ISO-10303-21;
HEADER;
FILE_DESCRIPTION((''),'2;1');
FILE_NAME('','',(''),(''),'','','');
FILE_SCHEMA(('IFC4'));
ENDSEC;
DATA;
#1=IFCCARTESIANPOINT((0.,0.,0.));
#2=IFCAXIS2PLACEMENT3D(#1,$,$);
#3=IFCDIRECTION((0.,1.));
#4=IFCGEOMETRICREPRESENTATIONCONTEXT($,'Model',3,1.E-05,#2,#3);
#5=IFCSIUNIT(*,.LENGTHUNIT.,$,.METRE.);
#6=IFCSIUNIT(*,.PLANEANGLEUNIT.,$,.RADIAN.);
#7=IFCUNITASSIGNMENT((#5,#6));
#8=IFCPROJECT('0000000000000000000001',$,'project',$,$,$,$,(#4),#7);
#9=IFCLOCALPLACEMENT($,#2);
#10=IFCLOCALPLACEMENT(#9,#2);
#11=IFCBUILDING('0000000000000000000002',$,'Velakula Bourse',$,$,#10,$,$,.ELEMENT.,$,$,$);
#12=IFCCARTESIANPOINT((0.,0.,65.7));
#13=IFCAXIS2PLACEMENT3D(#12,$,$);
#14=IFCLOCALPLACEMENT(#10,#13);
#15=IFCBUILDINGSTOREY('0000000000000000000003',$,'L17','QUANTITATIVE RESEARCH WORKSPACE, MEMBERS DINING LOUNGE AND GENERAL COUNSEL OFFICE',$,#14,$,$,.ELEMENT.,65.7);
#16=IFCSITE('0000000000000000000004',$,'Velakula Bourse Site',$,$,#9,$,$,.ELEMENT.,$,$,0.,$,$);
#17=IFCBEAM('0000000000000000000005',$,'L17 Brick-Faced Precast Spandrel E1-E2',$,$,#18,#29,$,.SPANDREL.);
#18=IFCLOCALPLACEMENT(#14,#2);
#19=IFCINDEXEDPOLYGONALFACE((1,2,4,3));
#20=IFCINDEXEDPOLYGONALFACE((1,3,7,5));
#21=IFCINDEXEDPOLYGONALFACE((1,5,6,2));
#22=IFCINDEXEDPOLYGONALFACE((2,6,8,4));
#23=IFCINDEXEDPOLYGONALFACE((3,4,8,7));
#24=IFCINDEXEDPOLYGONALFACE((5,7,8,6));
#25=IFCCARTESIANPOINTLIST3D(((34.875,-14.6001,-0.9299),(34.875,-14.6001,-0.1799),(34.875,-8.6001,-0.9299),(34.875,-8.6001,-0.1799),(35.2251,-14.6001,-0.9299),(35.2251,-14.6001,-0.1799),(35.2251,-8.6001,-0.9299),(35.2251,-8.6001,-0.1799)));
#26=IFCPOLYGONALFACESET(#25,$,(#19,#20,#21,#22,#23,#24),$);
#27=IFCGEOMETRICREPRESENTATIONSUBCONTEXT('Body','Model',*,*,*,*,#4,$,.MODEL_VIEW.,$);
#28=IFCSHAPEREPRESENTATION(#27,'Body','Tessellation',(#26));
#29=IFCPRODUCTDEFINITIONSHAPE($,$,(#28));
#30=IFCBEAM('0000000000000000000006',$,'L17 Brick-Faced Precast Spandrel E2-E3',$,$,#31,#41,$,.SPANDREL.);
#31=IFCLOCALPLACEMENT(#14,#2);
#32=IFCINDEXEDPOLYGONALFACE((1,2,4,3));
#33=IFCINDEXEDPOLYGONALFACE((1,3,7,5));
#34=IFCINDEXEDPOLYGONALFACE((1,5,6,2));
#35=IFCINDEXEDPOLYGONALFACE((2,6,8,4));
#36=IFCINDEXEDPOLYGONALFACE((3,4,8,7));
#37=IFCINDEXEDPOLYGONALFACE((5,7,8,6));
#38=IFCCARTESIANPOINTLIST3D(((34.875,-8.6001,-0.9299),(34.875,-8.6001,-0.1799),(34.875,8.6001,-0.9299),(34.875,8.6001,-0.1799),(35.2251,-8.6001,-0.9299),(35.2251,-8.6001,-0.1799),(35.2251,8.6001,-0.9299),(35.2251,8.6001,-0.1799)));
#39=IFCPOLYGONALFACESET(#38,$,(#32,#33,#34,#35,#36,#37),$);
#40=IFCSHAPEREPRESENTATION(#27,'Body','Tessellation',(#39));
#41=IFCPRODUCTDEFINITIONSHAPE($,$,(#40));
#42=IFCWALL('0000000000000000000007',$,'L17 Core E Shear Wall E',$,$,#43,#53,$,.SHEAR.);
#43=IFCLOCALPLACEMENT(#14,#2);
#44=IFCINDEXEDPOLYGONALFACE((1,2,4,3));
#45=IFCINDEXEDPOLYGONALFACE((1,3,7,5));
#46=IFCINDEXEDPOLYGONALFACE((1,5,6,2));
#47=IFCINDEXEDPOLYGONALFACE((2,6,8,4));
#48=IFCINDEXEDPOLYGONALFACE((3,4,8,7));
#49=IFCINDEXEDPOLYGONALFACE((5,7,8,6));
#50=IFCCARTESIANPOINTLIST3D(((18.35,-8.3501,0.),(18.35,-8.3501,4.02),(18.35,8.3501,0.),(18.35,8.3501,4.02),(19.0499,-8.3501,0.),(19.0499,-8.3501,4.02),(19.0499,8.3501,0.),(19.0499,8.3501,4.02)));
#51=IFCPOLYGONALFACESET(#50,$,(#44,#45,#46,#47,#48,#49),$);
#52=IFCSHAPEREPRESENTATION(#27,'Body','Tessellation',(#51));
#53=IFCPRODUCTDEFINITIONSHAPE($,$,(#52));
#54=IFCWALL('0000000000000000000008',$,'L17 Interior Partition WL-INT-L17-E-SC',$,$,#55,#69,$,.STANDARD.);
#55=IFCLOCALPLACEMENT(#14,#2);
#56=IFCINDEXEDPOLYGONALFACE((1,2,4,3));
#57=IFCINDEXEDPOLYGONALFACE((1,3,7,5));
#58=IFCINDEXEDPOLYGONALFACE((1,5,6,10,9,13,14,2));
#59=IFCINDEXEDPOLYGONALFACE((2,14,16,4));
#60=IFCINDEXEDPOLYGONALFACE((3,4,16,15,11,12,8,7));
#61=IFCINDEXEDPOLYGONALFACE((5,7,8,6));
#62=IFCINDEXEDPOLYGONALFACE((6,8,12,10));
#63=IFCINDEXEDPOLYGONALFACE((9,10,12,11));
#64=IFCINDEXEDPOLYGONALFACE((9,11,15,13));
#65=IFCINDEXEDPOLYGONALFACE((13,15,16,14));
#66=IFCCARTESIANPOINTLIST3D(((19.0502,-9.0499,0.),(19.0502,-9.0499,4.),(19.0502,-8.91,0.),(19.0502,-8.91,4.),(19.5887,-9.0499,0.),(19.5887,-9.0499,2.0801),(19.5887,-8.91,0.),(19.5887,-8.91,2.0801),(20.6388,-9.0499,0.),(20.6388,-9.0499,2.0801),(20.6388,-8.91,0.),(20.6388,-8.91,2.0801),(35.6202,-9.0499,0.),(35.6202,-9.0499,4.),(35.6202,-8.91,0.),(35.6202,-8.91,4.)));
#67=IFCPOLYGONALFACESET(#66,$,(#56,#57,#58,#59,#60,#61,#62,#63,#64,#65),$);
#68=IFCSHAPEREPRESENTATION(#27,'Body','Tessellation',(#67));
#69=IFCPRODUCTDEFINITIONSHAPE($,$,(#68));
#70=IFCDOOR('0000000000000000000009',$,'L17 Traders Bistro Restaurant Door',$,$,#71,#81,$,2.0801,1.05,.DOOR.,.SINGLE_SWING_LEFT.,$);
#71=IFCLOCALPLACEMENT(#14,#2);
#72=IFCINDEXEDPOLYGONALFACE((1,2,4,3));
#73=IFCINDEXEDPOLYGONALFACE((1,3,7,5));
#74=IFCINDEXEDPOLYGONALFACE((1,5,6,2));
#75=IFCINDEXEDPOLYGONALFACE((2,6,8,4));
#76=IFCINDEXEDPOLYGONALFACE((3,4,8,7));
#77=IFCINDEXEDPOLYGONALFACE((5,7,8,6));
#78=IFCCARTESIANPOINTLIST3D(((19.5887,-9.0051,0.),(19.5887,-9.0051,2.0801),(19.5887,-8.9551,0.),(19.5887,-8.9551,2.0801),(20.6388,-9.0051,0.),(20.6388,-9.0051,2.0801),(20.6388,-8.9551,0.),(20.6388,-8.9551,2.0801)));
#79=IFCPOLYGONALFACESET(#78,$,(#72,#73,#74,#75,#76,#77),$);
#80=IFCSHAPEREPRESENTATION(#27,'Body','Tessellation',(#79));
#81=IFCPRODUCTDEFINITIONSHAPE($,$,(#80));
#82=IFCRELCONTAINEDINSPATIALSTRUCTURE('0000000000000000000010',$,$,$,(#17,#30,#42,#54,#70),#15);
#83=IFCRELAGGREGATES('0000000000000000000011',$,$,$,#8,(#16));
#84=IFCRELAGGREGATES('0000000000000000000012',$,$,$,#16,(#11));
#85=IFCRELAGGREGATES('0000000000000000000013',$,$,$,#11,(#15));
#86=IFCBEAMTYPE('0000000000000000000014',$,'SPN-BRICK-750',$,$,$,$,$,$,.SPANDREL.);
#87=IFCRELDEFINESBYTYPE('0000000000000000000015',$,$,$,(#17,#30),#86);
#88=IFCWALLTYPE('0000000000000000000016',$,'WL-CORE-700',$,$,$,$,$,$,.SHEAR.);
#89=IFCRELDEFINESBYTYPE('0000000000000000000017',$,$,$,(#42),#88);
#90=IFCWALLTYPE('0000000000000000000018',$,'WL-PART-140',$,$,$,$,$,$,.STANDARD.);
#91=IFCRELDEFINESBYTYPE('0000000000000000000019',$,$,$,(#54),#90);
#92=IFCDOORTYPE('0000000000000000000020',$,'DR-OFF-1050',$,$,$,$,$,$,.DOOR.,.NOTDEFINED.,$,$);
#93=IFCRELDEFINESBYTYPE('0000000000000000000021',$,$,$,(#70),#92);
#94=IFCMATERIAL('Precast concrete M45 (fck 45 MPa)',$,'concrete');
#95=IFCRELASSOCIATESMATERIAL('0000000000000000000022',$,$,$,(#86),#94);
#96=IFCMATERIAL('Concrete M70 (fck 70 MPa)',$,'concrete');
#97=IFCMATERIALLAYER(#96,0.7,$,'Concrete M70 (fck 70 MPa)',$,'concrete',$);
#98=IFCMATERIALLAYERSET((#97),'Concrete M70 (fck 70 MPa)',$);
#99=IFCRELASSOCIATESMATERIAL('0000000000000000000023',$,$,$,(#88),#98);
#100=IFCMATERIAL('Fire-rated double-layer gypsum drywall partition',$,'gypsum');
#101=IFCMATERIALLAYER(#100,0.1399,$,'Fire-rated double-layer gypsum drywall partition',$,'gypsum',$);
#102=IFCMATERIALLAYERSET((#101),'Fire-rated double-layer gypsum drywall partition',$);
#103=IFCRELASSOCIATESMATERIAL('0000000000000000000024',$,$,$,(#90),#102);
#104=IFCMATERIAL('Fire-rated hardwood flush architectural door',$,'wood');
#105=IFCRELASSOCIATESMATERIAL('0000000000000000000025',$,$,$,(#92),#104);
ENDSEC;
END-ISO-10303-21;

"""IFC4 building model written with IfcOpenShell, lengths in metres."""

from ifc_helpers import new_model, si_unit, direction, frame, frame_2d, origin, origin_2d, place, context, subcontext, project, spatial, rectangle, extrude, material, layer, layer_set, material_profile, profile_set, type_object, element, fill, save


model = new_model("IFC4")

# Units and contexts
model_context = context("Model", 3, precision=1e-05, world=origin(), true_north=direction((0.0, 1.0)))
body_context = subcontext(model_context, "Body", "Model", "MODEL_VIEW")
ifc_project = project(units=[si_unit("LENGTHUNIT", "METRE"), si_unit("PLANEANGLEUNIT", "RADIAN")], contexts=[model_context])

# Site, building, storey
site_placement = place(None, origin())
site = spatial("IfcSite", under=ifc_project, at=site_placement, Name="Velakula Bourse Site", CompositionType="ELEMENT", RefElevation=0.0)
building_placement = place(site_placement, origin())
building = spatial("IfcBuilding", under=site, at=building_placement, Name="Velakula Bourse", CompositionType="ELEMENT")
storey_placement = place(building_placement, frame((0.0, 0.0, 65.7)))
storey = spatial("IfcBuildingStorey", under=building, at=storey_placement, Name="L17", Description="QUANTITATIVE RESEARCH WORKSPACE, MEMBERS DINING LOUNGE AND GENERAL COUNSEL OFFICE", CompositionType="ELEMENT", Elevation=65.7)

# Shared definitions
ifc_material_1 = material(Name="Concrete M70 (fck 70 MPa)", Category="concrete")

# Beams
ifc_material_2 = material(Name="Precast concrete M45 (fck 45 MPa)", Category="concrete")
ifc_material_profile_1 = material_profile(ifc_material_2, rectangle(XDim=0.3501, YDim=0.75, at=origin_2d()), Name="Precast concrete M45 (fck 45 MPa)")
ifc_profile_set_1 = profile_set([ifc_material_profile_1], Name="Precast concrete M45 (fck 45 MPa)")
beam_type_1 = type_object("IfcBeamType", Name="SPN-BRICK-750", PredefinedType="SPANDREL", material=ifc_profile_set_1)
beam_1_placement = place(storey_placement, frame((35.05, -14.6001, -0.5549), z_axis=(0.0, 1.0, 0.0), x_axis=(-1.0, 0.0, 0.0)))
element("IfcBeam", 1, at=beam_1_placement, inside=storey, type_object=beam_type_1, Name="L17 Brick-Faced Precast Spandrel E1-E2", PredefinedType="SPANDREL", context=body_context, shape_type="SweptSolid", body=[
    extrude(rectangle(XDim=0.3501, YDim=0.75, at=origin_2d()), origin(), (0.0, 0.0, 1.0), 6.0),
])
beam_2_placement = place(storey_placement, frame((35.05, -8.6001, -0.5549), z_axis=(0.0, 1.0, 0.0), x_axis=(-1.0, 0.0, 0.0)))
element("IfcBeam", 2, at=beam_2_placement, inside=storey, type_object=beam_type_1, Name="L17 Brick-Faced Precast Spandrel E2-E3", PredefinedType="SPANDREL", context=body_context, shape_type="SweptSolid", body=[
    extrude(rectangle(XDim=0.3501, YDim=0.75, at=origin_2d()), origin(), (0.0, 0.0, 1.0), 17.2002),
])

# Wall
ifc_layer_1 = layer(ifc_material_1, 0.7, Name="Concrete M70 (fck 70 MPa)", Category="concrete")
ifc_layer_set_1 = layer_set([ifc_layer_1], Name="Concrete M70 (fck 70 MPa)")
wall_type_1 = type_object("IfcWallType", Name="WL-CORE-700", PredefinedType="SHEAR", material=ifc_layer_set_1)
wall_1_placement = place(storey_placement, frame((18.7, -8.3501, 0.0), z_axis=(0.0, 0.0, 1.0), x_axis=(0.0, 1.0, 0.0)))
element("IfcWall", 3, at=wall_1_placement, inside=storey, type_object=wall_type_1, Name="L17 Core E Shear Wall E", PredefinedType="SHEAR", context=body_context, shape_type="SweptSolid", body=[
    extrude(rectangle(XDim=16.7002, YDim=0.7, at=frame_2d((8.3501, 0.0))), origin(), (0.0, 0.0, 1.0), 4.02),
])

# Wall, opening, door
ifc_material_3 = material(Name="Fire-rated double-layer gypsum drywall partition", Category="gypsum")
ifc_layer_2 = layer(ifc_material_3, 0.1399, Name="Fire-rated double-layer gypsum drywall partition", Category="gypsum")
ifc_layer_set_2 = layer_set([ifc_layer_2], Name="Fire-rated double-layer gypsum drywall partition")
wall_type_2 = type_object("IfcWallType", Name="WL-PART-140", PredefinedType="STANDARD", material=ifc_layer_set_2)
wall_2_placement = place(storey_placement, frame((19.05, -8.98, 0.0), z_axis=(0.0, 0.0, 1.0), x_axis=(1.0, 0.0, 0.0)))
wall_2 = element("IfcWall", 4, at=wall_2_placement, inside=storey, type_object=wall_type_2, Name="L17 Interior Partition WL-INT-L17-E-SC", PredefinedType="STANDARD", context=body_context, shape_type="SweptSolid", body=[
    extrude(rectangle(XDim=16.5701, YDim=0.1399, at=frame_2d((8.2852, 0.0))), origin(), (0.0, 0.0, 1.0), 4.0),
])
opening_placement = place(wall_2_placement, frame((0.5388, 0.0, 0.0)))
opening = element("IfcOpeningElement", 5, at=opening_placement, cuts=wall_2, PredefinedType="OPENING", context=body_context, shape_type="SweptSolid", body=[
    extrude(rectangle(XDim=1.05, YDim=2.0801, at=frame_2d((0.5249, 1.04))), frame((0.0, 0.0798, 0.0), z_axis=(0.0, -1.0, 0.0), x_axis=(1.0, 0.0, 0.0)), (0.0, 0.0, 1.0), 0.1599),
])
ifc_material_4 = material(Name="Fire-rated hardwood flush architectural door", Category="wood")
door_type = type_object("IfcDoorType", Name="DR-OFF-1050", OperationType="NOTDEFINED", PredefinedType="DOOR", material=ifc_material_4)
door_placement = place(opening_placement, origin())
door = element("IfcDoor", 6, at=door_placement, inside=storey, type_object=door_type, Name="L17 Traders Bistro Restaurant Door", OperationType="SINGLE_SWING_LEFT", OverallHeight=2.0801, OverallWidth=1.05, PredefinedType="DOOR", context=body_context, shape_type="SweptSolid", body=[
    extrude(rectangle(XDim=1.05, YDim=2.0801, at=frame_2d((0.5249, 1.04))), frame((0.0, 0.0249, 0.0), z_axis=(0.0, -1.0, 0.0), x_axis=(1.0, 0.0, 0.0)), (0.0, 0.0, 1.0), 0.05),
])
fill(opening, door)

save(model, "model.ifc")
